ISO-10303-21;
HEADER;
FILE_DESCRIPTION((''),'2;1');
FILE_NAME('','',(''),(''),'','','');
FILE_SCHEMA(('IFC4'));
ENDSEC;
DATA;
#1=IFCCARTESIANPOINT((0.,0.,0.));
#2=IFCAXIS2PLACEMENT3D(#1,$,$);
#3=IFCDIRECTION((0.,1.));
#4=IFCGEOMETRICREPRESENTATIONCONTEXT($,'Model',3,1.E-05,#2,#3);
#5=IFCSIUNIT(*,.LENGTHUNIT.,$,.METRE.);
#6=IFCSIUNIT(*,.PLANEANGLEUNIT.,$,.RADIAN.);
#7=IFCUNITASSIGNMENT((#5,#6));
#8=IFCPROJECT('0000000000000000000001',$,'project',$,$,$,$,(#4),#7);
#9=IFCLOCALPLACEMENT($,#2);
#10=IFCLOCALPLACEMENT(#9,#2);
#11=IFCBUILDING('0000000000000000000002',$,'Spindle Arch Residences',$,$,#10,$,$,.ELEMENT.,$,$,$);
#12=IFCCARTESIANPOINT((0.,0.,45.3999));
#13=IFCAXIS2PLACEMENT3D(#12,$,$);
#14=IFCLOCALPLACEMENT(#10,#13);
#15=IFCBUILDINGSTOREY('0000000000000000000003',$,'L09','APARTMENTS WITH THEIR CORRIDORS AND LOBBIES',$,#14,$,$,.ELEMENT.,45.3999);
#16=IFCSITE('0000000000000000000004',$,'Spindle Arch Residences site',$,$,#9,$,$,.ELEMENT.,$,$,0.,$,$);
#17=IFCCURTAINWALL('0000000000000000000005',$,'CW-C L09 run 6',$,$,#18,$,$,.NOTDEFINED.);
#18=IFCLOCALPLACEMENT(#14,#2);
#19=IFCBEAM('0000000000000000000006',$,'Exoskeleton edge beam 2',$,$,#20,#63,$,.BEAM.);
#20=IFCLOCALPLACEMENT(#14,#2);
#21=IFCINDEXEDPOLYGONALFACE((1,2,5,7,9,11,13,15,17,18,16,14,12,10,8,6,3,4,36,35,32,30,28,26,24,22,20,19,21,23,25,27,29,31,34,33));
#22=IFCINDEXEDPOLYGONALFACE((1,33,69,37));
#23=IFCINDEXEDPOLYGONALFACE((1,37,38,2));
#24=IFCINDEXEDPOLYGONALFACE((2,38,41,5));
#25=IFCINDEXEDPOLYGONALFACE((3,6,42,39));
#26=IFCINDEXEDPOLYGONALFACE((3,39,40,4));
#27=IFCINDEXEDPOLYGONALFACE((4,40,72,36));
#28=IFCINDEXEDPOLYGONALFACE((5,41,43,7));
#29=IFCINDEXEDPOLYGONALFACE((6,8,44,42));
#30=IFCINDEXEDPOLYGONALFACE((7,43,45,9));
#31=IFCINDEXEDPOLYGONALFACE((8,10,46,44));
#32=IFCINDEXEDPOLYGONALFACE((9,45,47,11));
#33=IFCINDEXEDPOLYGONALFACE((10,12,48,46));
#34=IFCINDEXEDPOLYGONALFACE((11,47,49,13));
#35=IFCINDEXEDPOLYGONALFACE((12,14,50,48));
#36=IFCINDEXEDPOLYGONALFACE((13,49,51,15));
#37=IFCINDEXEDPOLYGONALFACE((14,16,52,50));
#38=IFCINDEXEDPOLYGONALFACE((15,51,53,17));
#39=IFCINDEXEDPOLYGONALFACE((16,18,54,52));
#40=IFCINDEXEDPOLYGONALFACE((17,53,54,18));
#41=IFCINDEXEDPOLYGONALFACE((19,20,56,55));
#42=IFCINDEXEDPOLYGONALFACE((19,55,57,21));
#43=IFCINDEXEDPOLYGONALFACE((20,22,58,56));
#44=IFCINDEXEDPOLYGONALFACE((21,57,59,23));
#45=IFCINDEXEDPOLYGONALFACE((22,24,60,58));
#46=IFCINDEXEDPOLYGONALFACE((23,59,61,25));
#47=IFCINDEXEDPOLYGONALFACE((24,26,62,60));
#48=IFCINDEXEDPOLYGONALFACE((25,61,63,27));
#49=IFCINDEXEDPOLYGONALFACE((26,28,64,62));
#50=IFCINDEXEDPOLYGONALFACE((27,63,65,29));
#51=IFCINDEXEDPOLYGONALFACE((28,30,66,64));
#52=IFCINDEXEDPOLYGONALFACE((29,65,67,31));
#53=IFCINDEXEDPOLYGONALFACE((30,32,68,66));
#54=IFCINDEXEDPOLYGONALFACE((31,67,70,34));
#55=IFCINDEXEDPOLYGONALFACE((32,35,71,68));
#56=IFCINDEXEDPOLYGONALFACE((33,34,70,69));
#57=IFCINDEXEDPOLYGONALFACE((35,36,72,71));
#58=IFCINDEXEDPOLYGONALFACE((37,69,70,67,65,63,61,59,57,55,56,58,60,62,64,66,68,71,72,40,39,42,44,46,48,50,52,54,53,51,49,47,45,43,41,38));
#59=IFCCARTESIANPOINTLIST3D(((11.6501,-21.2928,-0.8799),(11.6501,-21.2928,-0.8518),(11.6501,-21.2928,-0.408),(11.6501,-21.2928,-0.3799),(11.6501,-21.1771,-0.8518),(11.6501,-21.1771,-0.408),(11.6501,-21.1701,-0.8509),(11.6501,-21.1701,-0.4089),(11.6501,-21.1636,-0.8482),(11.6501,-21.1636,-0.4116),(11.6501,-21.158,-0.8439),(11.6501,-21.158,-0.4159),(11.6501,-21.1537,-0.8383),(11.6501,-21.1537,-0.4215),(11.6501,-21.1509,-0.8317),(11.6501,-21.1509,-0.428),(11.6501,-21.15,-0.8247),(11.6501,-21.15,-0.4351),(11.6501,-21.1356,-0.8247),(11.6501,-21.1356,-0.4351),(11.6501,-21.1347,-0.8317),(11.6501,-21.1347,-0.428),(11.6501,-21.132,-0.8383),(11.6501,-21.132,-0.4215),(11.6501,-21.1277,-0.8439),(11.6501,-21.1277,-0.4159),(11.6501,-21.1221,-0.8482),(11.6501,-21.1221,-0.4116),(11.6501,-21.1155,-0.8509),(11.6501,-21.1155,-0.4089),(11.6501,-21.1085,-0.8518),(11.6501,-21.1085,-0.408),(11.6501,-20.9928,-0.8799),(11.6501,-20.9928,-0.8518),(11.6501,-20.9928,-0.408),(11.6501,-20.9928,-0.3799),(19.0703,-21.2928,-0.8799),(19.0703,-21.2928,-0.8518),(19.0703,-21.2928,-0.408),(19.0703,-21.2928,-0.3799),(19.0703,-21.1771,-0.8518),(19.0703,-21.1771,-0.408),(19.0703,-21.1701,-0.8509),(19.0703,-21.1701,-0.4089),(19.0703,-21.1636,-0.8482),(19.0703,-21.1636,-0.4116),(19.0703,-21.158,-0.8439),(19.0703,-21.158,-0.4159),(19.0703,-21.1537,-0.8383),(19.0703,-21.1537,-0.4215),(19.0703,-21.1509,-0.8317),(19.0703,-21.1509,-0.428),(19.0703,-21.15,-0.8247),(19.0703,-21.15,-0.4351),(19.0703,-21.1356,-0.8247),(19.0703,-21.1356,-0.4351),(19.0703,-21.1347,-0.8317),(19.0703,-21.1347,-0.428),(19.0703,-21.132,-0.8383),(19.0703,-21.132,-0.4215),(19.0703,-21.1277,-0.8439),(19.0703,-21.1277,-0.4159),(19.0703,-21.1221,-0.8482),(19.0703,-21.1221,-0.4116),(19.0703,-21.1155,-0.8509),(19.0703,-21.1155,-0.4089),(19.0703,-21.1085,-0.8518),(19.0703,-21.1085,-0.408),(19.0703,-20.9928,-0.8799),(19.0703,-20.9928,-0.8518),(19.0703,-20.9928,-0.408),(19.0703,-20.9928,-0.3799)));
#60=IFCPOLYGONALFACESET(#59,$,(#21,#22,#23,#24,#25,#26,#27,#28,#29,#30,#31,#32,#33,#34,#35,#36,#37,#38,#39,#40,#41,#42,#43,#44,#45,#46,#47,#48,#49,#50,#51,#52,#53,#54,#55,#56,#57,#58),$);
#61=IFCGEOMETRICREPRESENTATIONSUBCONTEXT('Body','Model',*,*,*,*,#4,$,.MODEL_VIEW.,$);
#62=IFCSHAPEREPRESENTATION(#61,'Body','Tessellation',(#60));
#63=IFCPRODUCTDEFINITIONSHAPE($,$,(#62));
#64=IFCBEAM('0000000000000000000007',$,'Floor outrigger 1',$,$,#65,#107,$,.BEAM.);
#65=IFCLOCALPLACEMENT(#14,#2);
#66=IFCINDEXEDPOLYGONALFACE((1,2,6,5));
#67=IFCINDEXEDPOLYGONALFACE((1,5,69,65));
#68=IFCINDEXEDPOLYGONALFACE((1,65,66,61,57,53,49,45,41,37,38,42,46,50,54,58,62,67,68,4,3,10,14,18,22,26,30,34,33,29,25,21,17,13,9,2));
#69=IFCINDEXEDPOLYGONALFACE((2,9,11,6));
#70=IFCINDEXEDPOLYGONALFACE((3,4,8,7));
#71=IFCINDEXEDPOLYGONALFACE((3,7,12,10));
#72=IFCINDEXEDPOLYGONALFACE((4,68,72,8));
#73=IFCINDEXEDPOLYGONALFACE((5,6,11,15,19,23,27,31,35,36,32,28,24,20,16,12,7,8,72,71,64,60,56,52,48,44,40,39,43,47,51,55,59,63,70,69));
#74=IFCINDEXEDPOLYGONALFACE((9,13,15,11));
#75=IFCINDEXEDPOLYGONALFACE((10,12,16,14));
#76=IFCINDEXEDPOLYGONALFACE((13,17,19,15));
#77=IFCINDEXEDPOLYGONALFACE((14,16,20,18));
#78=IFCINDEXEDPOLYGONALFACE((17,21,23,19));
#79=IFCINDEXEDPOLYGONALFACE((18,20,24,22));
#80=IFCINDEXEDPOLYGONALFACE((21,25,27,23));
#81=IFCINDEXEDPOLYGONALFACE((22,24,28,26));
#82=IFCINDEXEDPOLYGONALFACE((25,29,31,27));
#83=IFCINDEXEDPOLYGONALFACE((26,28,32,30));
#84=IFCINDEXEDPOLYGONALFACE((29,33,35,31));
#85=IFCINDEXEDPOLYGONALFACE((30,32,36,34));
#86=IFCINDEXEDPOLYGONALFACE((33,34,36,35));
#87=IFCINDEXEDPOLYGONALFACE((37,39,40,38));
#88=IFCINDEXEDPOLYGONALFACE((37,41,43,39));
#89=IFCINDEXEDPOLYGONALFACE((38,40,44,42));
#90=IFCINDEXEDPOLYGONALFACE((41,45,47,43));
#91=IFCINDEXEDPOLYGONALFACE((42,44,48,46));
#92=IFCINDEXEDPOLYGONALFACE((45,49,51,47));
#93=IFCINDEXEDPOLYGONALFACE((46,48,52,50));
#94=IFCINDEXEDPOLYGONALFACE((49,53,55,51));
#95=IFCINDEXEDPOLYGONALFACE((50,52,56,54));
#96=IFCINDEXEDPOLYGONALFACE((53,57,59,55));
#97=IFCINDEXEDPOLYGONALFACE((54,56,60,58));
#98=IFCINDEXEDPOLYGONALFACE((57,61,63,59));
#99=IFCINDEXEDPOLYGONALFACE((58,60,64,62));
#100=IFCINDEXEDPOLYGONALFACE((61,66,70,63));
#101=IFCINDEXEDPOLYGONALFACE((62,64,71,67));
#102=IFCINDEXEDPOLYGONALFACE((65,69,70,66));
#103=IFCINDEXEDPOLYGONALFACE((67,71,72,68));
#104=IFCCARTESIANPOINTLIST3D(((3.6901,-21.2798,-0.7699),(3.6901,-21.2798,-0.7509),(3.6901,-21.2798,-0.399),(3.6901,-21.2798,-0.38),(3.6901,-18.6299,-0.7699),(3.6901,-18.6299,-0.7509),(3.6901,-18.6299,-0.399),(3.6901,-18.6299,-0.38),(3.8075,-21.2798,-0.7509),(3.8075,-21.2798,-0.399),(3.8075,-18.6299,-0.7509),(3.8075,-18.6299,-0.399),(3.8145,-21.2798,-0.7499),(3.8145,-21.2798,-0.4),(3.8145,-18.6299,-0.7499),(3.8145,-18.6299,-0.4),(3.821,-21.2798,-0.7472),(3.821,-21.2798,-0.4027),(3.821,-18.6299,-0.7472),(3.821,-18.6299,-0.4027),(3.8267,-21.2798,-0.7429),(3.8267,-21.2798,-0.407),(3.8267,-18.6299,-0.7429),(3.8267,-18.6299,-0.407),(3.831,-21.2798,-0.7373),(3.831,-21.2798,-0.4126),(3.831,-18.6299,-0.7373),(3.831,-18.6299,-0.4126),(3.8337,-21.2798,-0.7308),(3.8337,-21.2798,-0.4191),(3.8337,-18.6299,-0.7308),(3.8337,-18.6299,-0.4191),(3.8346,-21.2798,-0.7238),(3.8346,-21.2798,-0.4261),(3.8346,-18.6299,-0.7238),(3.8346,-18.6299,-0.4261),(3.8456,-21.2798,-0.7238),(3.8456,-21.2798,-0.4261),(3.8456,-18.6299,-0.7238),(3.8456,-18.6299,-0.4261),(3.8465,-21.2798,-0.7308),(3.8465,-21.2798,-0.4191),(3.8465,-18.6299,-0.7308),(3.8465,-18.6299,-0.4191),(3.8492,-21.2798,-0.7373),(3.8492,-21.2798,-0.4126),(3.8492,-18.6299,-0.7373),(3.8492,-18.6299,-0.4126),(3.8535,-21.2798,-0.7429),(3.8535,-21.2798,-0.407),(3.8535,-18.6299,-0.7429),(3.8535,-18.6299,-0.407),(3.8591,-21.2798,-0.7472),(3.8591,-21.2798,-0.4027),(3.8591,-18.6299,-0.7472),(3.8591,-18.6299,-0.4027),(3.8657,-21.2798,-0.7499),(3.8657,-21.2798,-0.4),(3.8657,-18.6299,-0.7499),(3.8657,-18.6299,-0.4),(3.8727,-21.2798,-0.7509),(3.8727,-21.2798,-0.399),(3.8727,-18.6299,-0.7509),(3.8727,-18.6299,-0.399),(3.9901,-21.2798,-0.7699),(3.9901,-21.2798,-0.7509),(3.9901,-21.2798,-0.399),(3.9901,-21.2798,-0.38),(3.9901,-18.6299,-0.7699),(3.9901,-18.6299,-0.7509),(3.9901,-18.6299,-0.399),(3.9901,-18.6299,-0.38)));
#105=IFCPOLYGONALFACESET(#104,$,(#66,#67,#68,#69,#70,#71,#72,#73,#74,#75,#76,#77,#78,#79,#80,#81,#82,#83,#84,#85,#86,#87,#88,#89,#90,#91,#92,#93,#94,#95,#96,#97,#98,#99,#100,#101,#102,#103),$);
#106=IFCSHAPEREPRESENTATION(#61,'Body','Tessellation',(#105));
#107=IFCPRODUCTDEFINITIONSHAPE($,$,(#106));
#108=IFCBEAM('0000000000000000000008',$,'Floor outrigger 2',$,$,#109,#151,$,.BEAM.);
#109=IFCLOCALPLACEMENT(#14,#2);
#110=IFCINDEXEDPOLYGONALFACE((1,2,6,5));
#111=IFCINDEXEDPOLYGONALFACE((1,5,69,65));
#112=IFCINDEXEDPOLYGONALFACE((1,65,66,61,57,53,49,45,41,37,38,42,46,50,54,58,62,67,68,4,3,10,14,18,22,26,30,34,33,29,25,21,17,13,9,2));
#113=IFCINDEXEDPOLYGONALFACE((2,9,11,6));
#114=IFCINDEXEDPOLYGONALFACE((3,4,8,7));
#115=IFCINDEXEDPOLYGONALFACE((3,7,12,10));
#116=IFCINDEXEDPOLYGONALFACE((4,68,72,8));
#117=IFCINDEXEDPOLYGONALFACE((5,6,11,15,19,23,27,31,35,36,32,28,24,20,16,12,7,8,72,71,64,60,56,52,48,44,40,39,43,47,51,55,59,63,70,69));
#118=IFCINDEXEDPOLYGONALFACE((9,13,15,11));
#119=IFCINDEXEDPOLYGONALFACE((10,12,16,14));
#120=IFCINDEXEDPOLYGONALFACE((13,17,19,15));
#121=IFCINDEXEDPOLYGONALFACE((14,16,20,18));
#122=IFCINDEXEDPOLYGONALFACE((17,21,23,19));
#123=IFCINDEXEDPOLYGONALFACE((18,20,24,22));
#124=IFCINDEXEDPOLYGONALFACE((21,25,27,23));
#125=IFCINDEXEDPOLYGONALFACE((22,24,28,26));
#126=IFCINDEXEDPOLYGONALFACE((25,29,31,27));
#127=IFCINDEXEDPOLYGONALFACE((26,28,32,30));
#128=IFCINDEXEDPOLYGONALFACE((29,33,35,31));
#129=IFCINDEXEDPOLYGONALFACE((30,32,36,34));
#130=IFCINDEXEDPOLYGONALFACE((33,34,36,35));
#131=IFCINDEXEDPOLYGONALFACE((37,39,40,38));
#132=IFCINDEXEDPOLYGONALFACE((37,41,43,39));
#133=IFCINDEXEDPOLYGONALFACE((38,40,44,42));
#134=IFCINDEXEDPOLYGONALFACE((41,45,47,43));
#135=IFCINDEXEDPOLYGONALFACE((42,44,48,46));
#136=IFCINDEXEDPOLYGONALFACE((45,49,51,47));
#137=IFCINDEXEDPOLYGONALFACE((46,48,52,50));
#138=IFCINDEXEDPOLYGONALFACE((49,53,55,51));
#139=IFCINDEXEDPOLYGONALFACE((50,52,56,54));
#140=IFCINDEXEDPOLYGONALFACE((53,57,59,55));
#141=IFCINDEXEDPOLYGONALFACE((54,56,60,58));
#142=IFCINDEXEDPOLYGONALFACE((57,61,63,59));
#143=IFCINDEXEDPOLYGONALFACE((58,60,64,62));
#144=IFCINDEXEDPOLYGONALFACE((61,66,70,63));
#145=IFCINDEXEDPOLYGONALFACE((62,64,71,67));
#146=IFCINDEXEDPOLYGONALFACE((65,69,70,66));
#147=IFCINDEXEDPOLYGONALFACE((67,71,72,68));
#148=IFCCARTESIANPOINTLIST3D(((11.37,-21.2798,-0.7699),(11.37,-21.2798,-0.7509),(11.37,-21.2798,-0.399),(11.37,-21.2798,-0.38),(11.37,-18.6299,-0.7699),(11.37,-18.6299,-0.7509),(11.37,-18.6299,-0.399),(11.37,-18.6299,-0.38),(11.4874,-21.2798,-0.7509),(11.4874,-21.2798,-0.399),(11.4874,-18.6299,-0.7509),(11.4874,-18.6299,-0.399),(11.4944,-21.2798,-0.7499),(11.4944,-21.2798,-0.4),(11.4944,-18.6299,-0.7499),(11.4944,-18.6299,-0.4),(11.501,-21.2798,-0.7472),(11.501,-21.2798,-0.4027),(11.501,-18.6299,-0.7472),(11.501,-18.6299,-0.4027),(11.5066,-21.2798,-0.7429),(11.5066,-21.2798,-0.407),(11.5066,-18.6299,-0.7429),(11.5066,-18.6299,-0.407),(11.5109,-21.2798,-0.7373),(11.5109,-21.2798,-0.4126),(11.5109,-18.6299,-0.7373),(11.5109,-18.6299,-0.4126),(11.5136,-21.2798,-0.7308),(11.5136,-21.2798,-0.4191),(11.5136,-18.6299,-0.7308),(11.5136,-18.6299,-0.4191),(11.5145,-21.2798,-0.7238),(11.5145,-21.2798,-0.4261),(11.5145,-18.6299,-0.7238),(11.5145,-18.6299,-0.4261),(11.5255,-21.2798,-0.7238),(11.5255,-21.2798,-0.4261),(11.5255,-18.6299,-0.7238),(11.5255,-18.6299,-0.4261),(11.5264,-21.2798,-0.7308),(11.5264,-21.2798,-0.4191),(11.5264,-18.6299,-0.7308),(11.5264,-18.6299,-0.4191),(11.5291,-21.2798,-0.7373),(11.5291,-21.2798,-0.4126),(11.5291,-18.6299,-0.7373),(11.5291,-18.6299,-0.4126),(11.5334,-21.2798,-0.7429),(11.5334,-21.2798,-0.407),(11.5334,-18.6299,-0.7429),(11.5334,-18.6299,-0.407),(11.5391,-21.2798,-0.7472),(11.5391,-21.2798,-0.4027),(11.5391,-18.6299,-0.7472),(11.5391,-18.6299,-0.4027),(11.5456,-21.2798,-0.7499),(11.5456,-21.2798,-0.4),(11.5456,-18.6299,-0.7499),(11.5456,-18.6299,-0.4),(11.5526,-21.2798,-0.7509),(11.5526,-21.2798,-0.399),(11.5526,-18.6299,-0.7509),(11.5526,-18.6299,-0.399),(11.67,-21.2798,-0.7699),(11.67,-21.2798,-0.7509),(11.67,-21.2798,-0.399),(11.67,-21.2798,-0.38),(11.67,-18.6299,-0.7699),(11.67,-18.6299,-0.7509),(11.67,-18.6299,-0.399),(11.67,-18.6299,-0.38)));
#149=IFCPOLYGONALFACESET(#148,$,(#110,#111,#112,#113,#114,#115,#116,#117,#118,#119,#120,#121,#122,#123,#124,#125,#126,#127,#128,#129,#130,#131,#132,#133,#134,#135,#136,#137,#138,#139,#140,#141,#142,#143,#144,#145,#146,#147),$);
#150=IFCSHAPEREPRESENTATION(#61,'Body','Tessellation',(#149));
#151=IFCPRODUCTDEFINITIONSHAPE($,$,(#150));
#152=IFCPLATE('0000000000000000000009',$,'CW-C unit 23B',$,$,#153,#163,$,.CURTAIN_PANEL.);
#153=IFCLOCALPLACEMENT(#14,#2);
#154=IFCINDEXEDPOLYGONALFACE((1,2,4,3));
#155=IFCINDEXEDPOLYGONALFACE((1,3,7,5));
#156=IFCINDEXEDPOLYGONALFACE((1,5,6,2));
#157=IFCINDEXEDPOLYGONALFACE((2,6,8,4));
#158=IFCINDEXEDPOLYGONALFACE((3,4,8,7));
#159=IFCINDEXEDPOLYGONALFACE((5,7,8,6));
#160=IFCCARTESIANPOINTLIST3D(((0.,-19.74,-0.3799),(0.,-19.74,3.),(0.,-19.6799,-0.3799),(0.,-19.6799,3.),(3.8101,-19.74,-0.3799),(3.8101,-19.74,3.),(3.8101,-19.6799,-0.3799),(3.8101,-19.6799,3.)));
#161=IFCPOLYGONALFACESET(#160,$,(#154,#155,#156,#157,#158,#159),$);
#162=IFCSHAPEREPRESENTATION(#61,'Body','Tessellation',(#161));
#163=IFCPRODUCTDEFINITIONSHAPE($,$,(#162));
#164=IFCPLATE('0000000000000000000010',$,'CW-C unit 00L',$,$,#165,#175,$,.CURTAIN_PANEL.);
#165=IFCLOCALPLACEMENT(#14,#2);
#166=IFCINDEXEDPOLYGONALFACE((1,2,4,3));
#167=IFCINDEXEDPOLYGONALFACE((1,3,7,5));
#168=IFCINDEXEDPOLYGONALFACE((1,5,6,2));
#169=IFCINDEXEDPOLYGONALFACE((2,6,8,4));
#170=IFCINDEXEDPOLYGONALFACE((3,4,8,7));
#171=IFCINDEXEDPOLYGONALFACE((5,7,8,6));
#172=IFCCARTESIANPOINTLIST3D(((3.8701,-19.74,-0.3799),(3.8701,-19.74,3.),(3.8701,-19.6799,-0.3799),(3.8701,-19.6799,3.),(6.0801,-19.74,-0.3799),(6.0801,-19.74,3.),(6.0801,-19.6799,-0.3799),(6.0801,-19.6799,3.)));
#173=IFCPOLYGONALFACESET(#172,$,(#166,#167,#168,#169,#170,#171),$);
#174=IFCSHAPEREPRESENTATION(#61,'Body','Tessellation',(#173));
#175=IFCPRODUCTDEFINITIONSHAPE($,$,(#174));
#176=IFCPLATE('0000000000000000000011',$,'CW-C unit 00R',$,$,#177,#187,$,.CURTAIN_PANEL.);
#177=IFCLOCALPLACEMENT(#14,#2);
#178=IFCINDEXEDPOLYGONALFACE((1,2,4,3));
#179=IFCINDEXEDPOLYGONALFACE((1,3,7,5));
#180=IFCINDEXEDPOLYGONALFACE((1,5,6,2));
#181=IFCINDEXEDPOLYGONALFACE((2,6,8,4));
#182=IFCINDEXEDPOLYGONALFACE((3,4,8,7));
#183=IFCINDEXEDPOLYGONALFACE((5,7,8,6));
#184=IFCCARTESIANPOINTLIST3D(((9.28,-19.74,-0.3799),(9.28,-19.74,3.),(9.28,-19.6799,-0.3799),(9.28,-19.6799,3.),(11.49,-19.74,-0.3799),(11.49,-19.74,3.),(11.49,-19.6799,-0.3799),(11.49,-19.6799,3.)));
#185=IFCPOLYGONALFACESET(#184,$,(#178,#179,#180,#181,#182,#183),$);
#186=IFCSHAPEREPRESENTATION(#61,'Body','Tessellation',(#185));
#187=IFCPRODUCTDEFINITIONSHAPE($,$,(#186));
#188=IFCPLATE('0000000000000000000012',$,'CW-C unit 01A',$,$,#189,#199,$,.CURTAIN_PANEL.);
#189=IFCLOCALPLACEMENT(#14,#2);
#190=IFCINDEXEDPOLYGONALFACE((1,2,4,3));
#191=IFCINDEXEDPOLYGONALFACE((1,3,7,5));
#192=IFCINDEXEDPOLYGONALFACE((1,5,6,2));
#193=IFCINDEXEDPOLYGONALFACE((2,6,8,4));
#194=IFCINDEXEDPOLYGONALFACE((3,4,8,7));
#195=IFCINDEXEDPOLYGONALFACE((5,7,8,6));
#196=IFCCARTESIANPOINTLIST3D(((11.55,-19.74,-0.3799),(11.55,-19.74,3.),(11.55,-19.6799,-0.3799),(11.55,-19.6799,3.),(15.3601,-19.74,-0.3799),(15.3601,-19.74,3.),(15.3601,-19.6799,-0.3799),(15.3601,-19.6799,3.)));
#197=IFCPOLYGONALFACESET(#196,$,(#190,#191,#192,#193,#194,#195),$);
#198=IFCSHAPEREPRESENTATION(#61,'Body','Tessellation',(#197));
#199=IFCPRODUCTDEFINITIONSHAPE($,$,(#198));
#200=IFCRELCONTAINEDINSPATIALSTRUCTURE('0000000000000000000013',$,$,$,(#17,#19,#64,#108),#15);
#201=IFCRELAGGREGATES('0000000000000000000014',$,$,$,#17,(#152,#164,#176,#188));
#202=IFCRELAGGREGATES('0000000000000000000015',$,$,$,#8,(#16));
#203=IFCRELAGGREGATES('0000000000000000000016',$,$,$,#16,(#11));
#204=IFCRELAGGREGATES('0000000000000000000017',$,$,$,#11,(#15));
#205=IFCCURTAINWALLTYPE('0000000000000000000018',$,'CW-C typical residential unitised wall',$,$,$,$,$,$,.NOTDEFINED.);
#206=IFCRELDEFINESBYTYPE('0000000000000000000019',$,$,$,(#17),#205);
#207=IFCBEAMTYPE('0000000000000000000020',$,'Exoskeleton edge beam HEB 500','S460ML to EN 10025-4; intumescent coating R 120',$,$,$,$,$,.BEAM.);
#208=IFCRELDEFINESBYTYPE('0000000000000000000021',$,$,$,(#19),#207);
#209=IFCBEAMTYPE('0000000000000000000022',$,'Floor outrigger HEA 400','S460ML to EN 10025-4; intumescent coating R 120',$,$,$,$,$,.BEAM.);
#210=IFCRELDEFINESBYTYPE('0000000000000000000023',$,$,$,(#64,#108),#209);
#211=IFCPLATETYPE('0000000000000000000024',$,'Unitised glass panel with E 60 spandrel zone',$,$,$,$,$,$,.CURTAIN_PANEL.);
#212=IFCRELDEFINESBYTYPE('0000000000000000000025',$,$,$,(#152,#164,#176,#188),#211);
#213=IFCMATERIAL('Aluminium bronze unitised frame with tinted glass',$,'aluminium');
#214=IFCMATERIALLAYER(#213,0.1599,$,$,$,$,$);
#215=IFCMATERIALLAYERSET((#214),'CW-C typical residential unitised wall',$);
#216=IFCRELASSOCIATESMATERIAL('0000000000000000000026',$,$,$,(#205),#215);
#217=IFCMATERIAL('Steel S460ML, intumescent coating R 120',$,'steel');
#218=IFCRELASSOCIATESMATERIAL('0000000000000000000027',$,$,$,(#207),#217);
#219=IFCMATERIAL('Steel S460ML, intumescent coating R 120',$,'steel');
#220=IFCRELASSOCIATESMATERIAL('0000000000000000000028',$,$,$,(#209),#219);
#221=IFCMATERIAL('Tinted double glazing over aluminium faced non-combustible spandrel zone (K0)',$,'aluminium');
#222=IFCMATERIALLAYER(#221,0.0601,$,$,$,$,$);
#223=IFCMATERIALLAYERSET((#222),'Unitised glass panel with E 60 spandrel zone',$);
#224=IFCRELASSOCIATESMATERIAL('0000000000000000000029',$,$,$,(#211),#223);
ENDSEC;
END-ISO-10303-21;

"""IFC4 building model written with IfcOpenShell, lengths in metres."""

from ifc_helpers import new_model, si_unit, direction, frame, origin, origin_2d, place, context, subcontext, project, spatial, rectangle, i_section, extrude, material, layer, layer_set, material_profile, profile_set, type_object, element, aggregate, save


model = new_model("IFC4")

# Units and contexts
model_context = context("Model", 3, precision=1e-05, world=origin(), true_north=direction((0.0, 1.0)))
body_context = subcontext(model_context, "Body", "Model", "MODEL_VIEW")
ifc_project = project(units=[si_unit("LENGTHUNIT", "METRE"), si_unit("PLANEANGLEUNIT", "RADIAN")], contexts=[model_context])

# Site, building, storey
site_placement = place(None, origin())
site = spatial("IfcSite", under=ifc_project, at=site_placement, Name="Spindle Arch Residences site", CompositionType="ELEMENT", RefElevation=0.0)
building_placement = place(site_placement, origin())
building = spatial("IfcBuilding", under=site, at=building_placement, Name="Spindle Arch Residences", CompositionType="ELEMENT")
storey_placement = place(building_placement, frame((0.0, 0.0, 45.3999)))
storey = spatial("IfcBuildingStorey", under=building, at=storey_placement, Name="L09", Description="APARTMENTS WITH THEIR CORRIDORS AND LOBBIES", CompositionType="ELEMENT", Elevation=45.3999)

# Curtain wall
ifc_material_1 = material(Name="Aluminium bronze unitised frame with tinted glass", Category="aluminium")
ifc_layer_1 = layer(ifc_material_1, 0.1599)
ifc_layer_set_1 = layer_set([ifc_layer_1], Name="CW-C typical residential unitised wall")
curtain_wall_type = type_object("IfcCurtainWallType", Name="CW-C typical residential unitised wall", PredefinedType="NOTDEFINED", material=ifc_layer_set_1)
curtain_wall_placement = place(storey_placement, origin())
curtain_wall = element("IfcCurtainWall", 1, at=curtain_wall_placement, inside=storey, type_object=curtain_wall_type, Name="CW-C L09 run 6", PredefinedType="NOTDEFINED")

# Beams
ifc_material_2 = material(Name="Steel S460ML, intumescent coating R 120", Category="steel")
ifc_material_profile_1 = material_profile(ifc_material_2, i_section(OverallWidth=0.3, OverallDepth=0.5, WebThickness=0.0144, FlangeThickness=0.0281, FilletRadius=0.0271, at=origin_2d()), Name="HEB 500")
ifc_profile_set_1 = profile_set([ifc_material_profile_1], Name="Steel S460ML, intumescent coating R 120")
beam_type_1 = type_object("IfcBeamType", Name="Exoskeleton edge beam HEB 500", Description="S460ML to EN 10025-4; intumescent coating R 120", PredefinedType="BEAM", material=ifc_profile_set_1)
for number, where, z_axis, x_axis, name in (
    (2, (11.6501, -21.1428, -0.6299), (1.0, 0.0, 0.0), (0.0, 1.0, 0.0), "Exoskeleton edge beam 2"),
):
    element("IfcBeam", number, at=place(storey_placement, frame(where, z_axis=z_axis, x_axis=x_axis)), inside=storey, type_object=beam_type_1, Name=name, PredefinedType="BEAM", context=body_context, shape_type="SweptSolid", body=[
        extrude(i_section(OverallWidth=0.3, OverallDepth=0.5, WebThickness=0.0144, FlangeThickness=0.0281, FilletRadius=0.0271, at=origin_2d()), origin(), (0.0, 0.0, 1.0), 7.4202),
    ])
ifc_material_3 = material(Name="Steel S460ML, intumescent coating R 120", Category="steel")
ifc_material_profile_2 = material_profile(ifc_material_3, i_section(OverallWidth=0.3, OverallDepth=0.3899, WebThickness=0.011, FlangeThickness=0.019, FilletRadius=0.0271, at=origin_2d()), Name="HEA 400")
ifc_profile_set_2 = profile_set([ifc_material_profile_2], Name="Steel S460ML, intumescent coating R 120")
beam_type_2 = type_object("IfcBeamType", Name="Floor outrigger HEA 400", Description="S460ML to EN 10025-4; intumescent coating R 120", PredefinedType="BEAM", material=ifc_profile_set_2)
for number, where, z_axis, x_axis, name in (
    (3, (3.8401, -21.2798, -0.575), (0.0, 1.0, 0.0), (-1.0, 0.0, 0.0), "Floor outrigger 1"),
    (4, (11.52, -21.2798, -0.575), (0.0, 1.0, 0.0), (-1.0, 0.0, 0.0), "Floor outrigger 2"),
):
    element("IfcBeam", number, at=place(storey_placement, frame(where, z_axis=z_axis, x_axis=x_axis)), inside=storey, type_object=beam_type_2, Name=name, PredefinedType="BEAM", context=body_context, shape_type="SweptSolid", body=[
        extrude(i_section(OverallWidth=0.3, OverallDepth=0.3899, WebThickness=0.011, FlangeThickness=0.019, FilletRadius=0.0271, at=origin_2d()), origin(), (0.0, 0.0, 1.0), 2.6499),
    ])

# Plates
ifc_material_4 = material(Name="Tinted double glazing over aluminium faced non-combustible spandrel zone (K0)", Category="aluminium")
ifc_layer_2 = layer(ifc_material_4, 0.0601)
ifc_layer_set_2 = layer_set([ifc_layer_2], Name="Unitised glass panel with E 60 spandrel zone")
plate_type = type_object("IfcPlateType", Name="Unitised glass panel with E 60 spandrel zone", PredefinedType="CURTAIN_PANEL", material=ifc_layer_set_2)
plate_1_placement = place(storey_placement, frame((1.905, -19.71, -0.3799), z_axis=(0.0, 0.0, 1.0), x_axis=(1.0, 0.0, 0.0)))
plate_1 = element("IfcPlate", 5, at=plate_1_placement, type_object=plate_type, Name="CW-C unit 23B", PredefinedType="CURTAIN_PANEL", context=body_context, shape_type="SweptSolid", body=[
    extrude(rectangle(XDim=3.8101, YDim=0.0601, at=origin_2d()), origin(), (0.0, 0.0, 1.0), 3.3799),
])
plate_2_placement = place(storey_placement, frame((4.9751, -19.71, -0.3799), z_axis=(0.0, 0.0, 1.0), x_axis=(1.0, 0.0, 0.0)))
plate_2 = element("IfcPlate", 6, at=plate_2_placement, type_object=plate_type, Name="CW-C unit 00L", PredefinedType="CURTAIN_PANEL", context=body_context, shape_type="SweptSolid", body=[
    extrude(rectangle(XDim=2.21, YDim=0.0601, at=origin_2d()), origin(), (0.0, 0.0, 1.0), 3.3799),
])
plate_3_placement = place(storey_placement, frame((10.385, -19.71, -0.3799), z_axis=(0.0, 0.0, 1.0), x_axis=(1.0, 0.0, 0.0)))
plate_3 = element("IfcPlate", 7, at=plate_3_placement, type_object=plate_type, Name="CW-C unit 00R", PredefinedType="CURTAIN_PANEL", context=body_context, shape_type="SweptSolid", body=[
    extrude(rectangle(XDim=2.21, YDim=0.0601, at=origin_2d()), origin(), (0.0, 0.0, 1.0), 3.3799),
])
plate_4_placement = place(storey_placement, frame((13.4551, -19.71, -0.3799), z_axis=(0.0, 0.0, 1.0), x_axis=(1.0, 0.0, 0.0)))
plate_4 = element("IfcPlate", 8, at=plate_4_placement, type_object=plate_type, Name="CW-C unit 01A", PredefinedType="CURTAIN_PANEL", context=body_context, shape_type="SweptSolid", body=[
    extrude(rectangle(XDim=3.8101, YDim=0.0601, at=origin_2d()), origin(), (0.0, 0.0, 1.0), 3.3799),
])
aggregate(curtain_wall, [plate_1, plate_2, plate_3, plate_4])

save(model, "model.ifc")
